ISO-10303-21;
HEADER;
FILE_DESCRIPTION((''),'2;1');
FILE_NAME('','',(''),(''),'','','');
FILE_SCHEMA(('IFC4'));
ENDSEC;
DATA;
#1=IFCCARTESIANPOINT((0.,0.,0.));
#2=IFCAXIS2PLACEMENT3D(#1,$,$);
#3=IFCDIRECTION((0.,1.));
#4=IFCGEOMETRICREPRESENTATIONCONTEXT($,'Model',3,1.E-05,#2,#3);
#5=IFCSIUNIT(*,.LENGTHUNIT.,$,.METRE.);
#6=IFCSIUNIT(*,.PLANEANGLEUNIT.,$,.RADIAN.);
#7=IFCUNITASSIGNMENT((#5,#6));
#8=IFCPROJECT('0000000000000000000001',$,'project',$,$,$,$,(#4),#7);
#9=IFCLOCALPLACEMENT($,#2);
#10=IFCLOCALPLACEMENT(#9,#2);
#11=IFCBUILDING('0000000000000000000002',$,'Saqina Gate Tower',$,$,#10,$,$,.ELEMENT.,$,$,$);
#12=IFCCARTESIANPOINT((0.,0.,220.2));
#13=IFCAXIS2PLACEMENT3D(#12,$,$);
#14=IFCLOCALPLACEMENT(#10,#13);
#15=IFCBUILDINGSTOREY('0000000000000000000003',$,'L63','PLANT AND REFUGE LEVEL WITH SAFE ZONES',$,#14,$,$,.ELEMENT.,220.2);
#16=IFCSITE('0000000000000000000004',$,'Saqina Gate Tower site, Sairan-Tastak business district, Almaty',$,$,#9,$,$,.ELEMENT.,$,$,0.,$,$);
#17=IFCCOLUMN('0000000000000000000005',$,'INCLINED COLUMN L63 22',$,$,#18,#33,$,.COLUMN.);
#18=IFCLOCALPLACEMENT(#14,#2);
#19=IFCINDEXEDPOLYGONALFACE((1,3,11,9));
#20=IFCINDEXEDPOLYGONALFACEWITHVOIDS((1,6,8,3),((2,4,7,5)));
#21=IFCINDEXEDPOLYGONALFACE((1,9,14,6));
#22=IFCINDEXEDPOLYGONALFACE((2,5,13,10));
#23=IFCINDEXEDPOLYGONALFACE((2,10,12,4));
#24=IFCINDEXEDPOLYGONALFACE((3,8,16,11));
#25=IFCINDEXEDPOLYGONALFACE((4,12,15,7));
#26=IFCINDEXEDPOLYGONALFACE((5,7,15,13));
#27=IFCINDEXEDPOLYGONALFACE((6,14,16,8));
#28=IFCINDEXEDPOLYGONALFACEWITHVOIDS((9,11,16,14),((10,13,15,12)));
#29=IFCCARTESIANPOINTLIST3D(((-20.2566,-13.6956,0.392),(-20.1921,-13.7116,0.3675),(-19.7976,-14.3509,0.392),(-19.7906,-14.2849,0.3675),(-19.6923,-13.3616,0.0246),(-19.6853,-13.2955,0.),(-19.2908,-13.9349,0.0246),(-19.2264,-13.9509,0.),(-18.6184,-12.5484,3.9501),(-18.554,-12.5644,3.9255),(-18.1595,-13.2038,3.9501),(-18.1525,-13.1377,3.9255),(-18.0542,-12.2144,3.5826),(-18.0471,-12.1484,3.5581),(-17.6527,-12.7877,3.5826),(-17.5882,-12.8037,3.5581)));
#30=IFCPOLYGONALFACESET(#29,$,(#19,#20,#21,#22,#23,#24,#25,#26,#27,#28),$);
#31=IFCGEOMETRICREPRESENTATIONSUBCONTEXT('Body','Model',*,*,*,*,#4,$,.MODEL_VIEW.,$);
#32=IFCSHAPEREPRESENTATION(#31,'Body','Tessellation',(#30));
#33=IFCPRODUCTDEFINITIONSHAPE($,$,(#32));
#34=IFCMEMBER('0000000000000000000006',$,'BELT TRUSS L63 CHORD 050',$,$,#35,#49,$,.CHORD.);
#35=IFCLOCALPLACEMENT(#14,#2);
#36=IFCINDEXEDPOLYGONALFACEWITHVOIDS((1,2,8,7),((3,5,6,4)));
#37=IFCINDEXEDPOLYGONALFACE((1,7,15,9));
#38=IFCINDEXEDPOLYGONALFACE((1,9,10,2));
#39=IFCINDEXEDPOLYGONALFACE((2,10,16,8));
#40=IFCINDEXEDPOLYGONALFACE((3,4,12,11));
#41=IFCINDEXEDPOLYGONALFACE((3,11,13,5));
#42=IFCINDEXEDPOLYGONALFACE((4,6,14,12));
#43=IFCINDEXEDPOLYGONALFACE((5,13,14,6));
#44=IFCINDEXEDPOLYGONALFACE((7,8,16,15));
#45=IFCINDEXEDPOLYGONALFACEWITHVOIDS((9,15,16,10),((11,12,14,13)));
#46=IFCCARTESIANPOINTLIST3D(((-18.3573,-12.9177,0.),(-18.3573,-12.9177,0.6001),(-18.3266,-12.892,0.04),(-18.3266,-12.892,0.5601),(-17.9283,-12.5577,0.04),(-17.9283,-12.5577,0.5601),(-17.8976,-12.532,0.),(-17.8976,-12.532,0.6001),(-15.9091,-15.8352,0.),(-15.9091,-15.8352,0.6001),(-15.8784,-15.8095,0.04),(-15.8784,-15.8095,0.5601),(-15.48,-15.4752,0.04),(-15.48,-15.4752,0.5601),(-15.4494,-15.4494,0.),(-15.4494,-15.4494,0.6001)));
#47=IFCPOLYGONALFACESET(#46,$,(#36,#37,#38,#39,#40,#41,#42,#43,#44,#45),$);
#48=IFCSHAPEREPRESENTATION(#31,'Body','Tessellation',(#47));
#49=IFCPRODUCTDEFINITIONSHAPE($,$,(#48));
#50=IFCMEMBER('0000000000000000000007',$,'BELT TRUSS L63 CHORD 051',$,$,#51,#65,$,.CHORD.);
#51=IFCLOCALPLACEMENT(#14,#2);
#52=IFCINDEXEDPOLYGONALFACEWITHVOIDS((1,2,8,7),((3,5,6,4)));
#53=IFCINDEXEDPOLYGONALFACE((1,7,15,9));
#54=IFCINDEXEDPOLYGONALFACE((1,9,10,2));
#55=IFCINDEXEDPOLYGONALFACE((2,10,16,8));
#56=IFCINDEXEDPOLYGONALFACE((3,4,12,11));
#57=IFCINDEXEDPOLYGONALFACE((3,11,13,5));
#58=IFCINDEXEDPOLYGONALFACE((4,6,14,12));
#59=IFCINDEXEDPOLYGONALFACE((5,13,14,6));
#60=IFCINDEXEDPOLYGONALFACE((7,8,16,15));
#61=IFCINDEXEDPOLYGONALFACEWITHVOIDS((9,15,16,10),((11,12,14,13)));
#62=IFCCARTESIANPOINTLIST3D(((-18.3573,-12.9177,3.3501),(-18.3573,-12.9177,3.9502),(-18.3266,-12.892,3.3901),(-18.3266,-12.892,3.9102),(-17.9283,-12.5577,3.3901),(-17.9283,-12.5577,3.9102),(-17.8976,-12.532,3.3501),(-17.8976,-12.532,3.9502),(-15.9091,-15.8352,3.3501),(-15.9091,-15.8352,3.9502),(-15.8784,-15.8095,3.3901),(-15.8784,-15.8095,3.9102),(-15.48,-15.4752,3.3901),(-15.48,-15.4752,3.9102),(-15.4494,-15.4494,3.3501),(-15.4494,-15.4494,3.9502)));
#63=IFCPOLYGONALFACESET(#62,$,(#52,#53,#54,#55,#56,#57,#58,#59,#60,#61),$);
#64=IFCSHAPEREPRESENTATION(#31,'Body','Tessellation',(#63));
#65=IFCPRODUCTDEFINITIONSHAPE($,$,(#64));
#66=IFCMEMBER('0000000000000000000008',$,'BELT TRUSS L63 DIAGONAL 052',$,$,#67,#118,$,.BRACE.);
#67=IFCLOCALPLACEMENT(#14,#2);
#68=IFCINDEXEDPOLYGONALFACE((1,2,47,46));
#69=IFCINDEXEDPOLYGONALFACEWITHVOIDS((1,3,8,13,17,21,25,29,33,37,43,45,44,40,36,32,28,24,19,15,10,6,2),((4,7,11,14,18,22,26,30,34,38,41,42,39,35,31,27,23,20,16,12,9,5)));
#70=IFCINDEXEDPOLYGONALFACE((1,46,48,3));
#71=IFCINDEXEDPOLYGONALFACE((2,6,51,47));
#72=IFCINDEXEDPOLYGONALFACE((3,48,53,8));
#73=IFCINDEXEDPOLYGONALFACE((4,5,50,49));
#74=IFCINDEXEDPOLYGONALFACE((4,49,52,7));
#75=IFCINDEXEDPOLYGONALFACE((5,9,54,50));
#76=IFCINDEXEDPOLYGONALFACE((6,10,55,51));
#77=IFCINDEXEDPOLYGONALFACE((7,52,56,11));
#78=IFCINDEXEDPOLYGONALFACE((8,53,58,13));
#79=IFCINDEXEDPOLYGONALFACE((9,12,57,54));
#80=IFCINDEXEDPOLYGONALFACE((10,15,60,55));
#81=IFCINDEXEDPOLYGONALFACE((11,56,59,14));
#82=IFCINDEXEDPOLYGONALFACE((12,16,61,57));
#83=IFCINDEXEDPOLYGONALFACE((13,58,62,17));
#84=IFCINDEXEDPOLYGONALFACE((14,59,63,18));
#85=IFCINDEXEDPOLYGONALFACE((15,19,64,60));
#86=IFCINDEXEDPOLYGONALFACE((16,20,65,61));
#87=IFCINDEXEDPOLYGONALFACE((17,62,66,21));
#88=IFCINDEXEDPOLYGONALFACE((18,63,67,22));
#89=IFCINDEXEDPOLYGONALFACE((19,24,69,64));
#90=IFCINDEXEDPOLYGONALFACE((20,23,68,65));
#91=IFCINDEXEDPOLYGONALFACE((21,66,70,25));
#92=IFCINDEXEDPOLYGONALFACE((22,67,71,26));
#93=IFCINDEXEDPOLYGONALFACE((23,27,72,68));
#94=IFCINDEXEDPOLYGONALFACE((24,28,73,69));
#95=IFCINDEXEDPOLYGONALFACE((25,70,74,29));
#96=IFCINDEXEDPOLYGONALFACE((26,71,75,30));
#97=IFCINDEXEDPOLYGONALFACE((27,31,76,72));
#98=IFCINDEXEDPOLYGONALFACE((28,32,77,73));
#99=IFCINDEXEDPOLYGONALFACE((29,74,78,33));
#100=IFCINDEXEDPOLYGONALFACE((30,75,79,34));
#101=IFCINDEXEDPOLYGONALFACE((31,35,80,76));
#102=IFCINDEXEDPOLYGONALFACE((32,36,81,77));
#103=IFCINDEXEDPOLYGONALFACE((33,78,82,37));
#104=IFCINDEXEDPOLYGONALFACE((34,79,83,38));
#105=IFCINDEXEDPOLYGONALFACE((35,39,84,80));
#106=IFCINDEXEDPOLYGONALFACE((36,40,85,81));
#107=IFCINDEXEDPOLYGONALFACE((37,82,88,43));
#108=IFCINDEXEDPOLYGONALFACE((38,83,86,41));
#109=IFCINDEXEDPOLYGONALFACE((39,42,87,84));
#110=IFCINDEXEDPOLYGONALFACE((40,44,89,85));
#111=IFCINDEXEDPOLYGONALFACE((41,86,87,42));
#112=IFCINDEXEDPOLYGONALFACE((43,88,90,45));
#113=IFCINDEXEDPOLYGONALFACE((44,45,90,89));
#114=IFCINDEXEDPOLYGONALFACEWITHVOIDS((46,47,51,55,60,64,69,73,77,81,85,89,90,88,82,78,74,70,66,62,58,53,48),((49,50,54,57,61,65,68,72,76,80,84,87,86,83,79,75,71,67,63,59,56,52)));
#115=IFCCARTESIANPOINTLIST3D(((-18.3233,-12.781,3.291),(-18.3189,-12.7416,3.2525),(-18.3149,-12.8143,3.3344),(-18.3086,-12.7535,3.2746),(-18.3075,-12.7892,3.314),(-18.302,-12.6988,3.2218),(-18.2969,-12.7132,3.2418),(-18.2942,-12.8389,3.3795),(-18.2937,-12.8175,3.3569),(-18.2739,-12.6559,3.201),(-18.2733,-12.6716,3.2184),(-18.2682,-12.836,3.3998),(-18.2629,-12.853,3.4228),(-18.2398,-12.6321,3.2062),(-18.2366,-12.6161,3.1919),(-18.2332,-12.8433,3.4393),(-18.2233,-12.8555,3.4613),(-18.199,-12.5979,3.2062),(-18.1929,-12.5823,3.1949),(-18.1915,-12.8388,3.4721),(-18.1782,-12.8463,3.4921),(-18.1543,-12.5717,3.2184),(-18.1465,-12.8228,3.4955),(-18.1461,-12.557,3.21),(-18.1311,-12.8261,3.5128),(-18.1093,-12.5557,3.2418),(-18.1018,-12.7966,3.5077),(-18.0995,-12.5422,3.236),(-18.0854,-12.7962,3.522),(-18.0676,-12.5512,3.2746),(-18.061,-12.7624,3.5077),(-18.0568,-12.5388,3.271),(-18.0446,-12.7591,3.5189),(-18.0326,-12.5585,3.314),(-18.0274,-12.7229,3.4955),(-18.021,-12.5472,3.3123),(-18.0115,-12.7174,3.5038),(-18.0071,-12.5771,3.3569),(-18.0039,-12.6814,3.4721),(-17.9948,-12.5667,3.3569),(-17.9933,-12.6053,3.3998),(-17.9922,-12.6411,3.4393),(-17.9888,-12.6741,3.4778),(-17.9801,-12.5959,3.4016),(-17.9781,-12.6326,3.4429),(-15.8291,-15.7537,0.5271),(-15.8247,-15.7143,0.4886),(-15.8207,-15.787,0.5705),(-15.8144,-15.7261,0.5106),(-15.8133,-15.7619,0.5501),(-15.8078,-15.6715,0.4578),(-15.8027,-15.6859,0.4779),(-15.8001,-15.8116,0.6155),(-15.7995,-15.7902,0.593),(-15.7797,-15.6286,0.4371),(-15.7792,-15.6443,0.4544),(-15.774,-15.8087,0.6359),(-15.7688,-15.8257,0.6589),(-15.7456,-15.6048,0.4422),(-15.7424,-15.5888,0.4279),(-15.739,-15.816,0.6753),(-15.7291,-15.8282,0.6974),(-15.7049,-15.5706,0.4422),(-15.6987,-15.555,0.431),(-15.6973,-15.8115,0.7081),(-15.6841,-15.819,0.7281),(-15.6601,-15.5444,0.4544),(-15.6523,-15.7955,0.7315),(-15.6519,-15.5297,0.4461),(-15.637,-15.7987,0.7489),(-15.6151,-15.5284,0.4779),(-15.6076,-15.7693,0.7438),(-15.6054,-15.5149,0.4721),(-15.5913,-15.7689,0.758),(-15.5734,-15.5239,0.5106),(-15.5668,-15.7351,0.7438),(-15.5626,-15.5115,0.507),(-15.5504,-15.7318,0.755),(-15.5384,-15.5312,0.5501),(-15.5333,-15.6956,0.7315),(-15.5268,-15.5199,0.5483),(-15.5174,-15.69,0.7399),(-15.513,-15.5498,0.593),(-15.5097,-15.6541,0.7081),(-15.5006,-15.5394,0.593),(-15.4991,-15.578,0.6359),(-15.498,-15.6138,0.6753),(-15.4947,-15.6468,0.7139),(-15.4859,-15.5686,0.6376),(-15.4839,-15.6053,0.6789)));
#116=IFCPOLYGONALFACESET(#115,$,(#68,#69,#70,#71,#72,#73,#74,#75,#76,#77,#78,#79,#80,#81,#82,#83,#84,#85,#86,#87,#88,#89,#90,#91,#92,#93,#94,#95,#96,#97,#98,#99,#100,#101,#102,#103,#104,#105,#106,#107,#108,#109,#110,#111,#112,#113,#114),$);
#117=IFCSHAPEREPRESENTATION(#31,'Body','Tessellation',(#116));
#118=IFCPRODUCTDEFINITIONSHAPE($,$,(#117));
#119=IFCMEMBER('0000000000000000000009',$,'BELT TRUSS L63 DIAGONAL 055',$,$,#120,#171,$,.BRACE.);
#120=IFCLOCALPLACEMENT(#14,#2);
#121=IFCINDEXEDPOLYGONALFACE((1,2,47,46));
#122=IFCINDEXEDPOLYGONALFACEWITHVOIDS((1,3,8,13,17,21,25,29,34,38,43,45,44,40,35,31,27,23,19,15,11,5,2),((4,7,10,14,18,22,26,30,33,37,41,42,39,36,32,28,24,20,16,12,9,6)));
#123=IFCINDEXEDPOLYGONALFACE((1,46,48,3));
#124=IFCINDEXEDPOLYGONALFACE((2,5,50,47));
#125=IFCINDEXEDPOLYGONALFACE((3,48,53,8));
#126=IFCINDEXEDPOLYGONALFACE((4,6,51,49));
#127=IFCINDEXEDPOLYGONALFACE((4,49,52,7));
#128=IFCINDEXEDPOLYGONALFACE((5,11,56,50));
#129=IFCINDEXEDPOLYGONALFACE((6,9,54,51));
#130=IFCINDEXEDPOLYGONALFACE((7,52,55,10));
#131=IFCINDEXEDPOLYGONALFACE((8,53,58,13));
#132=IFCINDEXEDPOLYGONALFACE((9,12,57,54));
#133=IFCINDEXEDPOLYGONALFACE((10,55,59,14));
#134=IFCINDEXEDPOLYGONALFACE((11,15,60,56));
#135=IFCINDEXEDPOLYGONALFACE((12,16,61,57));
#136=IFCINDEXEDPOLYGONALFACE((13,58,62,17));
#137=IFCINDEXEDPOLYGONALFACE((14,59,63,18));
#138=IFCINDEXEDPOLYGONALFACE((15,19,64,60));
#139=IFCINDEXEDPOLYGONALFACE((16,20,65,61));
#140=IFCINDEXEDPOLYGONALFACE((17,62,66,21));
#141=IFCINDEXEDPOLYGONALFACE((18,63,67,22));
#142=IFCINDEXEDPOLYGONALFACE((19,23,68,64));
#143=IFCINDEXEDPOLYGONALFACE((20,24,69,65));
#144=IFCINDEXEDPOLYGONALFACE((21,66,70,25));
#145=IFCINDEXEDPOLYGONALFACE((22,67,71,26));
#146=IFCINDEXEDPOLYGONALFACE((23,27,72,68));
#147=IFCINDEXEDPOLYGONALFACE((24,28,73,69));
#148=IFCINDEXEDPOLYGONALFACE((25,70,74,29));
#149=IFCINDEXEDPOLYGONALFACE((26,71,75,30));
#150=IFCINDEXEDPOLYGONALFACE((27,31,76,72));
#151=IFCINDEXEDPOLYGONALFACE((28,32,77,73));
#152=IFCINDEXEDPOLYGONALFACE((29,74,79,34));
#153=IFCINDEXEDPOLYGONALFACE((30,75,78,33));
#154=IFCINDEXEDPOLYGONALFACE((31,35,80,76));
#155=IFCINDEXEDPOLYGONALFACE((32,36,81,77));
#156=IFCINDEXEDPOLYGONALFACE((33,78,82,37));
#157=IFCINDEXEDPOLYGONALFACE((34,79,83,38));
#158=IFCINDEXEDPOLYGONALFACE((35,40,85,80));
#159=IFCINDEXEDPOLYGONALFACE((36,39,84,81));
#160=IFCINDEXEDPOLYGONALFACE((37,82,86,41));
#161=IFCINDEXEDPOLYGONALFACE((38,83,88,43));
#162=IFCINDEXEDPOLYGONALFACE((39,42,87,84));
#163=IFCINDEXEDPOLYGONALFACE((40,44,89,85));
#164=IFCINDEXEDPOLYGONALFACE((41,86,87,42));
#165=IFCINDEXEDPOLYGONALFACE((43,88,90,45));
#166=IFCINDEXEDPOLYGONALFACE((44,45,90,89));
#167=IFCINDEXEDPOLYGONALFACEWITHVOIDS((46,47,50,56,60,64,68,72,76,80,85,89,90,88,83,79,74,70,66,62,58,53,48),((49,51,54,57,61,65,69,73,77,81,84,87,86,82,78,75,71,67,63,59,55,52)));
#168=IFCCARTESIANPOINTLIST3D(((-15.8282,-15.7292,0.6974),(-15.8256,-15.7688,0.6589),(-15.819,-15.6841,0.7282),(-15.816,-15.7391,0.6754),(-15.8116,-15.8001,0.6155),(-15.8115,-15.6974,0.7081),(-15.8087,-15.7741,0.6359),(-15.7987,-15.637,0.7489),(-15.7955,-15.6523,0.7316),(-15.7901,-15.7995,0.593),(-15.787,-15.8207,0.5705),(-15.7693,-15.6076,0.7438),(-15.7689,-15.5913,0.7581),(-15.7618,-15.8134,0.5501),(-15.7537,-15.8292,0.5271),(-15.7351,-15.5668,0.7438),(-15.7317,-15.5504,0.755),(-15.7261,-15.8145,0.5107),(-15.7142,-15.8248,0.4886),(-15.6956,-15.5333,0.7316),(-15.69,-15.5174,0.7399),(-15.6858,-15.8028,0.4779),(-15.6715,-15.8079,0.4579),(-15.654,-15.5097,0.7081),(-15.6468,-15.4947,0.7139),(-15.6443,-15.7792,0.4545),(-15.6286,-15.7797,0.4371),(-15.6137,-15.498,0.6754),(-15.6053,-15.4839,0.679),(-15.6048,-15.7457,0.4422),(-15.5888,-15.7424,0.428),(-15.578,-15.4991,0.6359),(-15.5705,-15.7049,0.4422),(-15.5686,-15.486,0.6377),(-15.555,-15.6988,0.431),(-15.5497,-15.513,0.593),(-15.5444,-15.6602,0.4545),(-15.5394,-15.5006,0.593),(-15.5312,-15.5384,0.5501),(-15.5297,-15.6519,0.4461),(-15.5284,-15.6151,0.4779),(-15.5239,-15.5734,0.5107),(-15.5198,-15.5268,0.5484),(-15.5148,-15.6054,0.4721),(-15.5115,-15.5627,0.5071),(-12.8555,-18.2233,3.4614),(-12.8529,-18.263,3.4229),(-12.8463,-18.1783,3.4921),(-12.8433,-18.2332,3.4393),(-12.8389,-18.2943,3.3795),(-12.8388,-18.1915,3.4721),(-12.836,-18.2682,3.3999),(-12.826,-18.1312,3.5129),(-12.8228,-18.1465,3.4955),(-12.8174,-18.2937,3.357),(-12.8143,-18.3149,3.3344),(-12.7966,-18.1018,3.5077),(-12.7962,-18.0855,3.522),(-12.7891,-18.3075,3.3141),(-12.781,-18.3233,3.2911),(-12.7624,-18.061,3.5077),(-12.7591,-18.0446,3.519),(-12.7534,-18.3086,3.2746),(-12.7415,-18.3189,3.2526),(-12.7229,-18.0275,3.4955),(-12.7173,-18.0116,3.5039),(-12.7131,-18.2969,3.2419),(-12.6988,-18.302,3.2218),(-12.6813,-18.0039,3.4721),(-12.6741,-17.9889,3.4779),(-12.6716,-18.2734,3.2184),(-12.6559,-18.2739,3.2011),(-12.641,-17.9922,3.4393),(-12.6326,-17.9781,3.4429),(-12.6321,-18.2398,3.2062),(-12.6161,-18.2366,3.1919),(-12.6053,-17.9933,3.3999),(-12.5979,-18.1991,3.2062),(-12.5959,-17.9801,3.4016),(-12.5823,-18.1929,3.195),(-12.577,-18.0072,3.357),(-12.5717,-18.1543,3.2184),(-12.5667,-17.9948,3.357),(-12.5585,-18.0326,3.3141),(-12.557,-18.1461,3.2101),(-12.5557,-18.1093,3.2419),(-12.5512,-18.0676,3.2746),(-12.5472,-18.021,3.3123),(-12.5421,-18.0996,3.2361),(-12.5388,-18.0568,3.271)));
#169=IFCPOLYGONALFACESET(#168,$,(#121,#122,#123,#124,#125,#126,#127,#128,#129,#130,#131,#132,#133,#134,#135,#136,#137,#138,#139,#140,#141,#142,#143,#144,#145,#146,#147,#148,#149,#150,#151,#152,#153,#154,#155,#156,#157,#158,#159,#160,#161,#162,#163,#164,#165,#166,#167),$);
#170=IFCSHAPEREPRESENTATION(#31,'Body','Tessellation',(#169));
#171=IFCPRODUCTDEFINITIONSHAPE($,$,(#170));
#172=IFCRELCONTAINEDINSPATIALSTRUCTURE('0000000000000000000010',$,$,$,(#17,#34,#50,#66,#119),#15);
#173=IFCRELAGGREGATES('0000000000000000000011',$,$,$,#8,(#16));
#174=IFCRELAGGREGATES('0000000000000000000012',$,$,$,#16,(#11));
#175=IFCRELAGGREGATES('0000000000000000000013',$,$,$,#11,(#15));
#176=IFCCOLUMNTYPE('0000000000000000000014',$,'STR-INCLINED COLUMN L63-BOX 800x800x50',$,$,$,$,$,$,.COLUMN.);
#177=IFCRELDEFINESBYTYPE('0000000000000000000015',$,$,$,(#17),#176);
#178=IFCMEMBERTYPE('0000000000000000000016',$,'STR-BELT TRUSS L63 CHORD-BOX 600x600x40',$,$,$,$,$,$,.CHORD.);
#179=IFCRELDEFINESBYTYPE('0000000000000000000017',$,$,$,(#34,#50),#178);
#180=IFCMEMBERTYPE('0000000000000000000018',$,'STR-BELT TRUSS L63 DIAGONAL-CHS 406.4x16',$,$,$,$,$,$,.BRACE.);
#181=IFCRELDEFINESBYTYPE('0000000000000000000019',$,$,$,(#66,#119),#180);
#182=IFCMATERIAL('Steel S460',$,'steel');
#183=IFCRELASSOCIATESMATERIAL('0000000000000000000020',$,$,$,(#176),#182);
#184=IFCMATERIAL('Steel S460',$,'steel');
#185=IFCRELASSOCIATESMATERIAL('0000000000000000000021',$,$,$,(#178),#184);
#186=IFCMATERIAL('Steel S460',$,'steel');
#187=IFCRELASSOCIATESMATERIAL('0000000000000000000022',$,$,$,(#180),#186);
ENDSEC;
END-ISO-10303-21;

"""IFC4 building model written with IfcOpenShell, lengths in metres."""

from ifc_helpers import new_model, si_unit, direction, frame, origin, origin_2d, place, context, subcontext, project, spatial, hollow_rectangle, hollow_circle, extrude, material, material_profile, profile_set, type_object, element, save


model = new_model("IFC4")

# Units and contexts
model_context = context("Model", 3, precision=1e-05, world=origin(), true_north=direction((0.0, 1.0)))
body_context = subcontext(model_context, "Body", "Model", "MODEL_VIEW")
ifc_project = project(units=[si_unit("LENGTHUNIT", "METRE"), si_unit("PLANEANGLEUNIT", "RADIAN")], contexts=[model_context])

# Site, building, storey
site_placement = place(None, origin())
site = spatial("IfcSite", under=ifc_project, at=site_placement, Name="Saqina Gate Tower site, Sairan-Tastak business district, Almaty", CompositionType="ELEMENT", RefElevation=0.0)
building_placement = place(site_placement, origin())
building = spatial("IfcBuilding", under=site, at=building_placement, Name="Saqina Gate Tower", CompositionType="ELEMENT")
storey_placement = place(building_placement, frame((0.0, 0.0, 220.2)))
storey = spatial("IfcBuildingStorey", under=building, at=storey_placement, Name="L63", Description="PLANT AND REFUGE LEVEL WITH SAFE ZONES", CompositionType="ELEMENT", Elevation=220.2)

# Column
ifc_material_1 = material(Name="Steel S460", Category="steel")
ifc_material_profile_1 = material_profile(ifc_material_1, hollow_rectangle(XDim=0.8, YDim=0.8, WallThickness=0.05, at=origin_2d()), Name="BOX 800x800x50")
ifc_profile_set_1 = profile_set([ifc_material_profile_1], Name="Steel S460")
column_type = type_object("IfcColumnType", Name="STR-INCLINED COLUMN L63-BOX 800x800x50", PredefinedType="COLUMN", material=ifc_profile_set_1)
column_placement = place(storey_placement, frame((-19.7415, -13.8232, 0.196), z_axis=(0.401353, 0.281067, 0.871732), x_axis=(-0.573626, 0.819117, 0.0)))
element("IfcColumn", 1, at=column_placement, inside=storey, type_object=column_type, Name="INCLINED COLUMN L63 22", PredefinedType="COLUMN", context=body_context, shape_type="SweptSolid", body=[
    extrude(hollow_rectangle(XDim=0.8, YDim=0.8, WallThickness=0.05, at=origin_2d()), origin(), (0.0, 0.0, 1.0), 4.0815),
])

# Members
ifc_material_2 = material(Name="Steel S460", Category="steel")
ifc_material_profile_2 = material_profile(ifc_material_2, hollow_rectangle(XDim=0.6001, YDim=0.6001, WallThickness=0.04, at=origin_2d()), Name="BOX 600x600x40")
ifc_profile_set_2 = profile_set([ifc_material_profile_2], Name="Steel S460")
member_type_1 = type_object("IfcMemberType", Name="STR-BELT TRUSS L63 CHORD-BOX 600x600x40", PredefinedType="CHORD", material=ifc_profile_set_2)
for number, where, z_axis, x_axis, name in (
    (2, (-18.1274, -12.7249, 0.3), (0.642816, -0.76602, 0.0), (0.76602, 0.642816, 0.0), "BELT TRUSS L63 CHORD 050"),
    (3, (-18.1274, -12.7249, 3.6501), (0.642816, -0.76602, 0.0), (0.76602, 0.642816, 0.0), "BELT TRUSS L63 CHORD 051"),
):
    element("IfcMember", number, at=place(storey_placement, frame(where, z_axis=z_axis, x_axis=x_axis)), inside=storey, type_object=member_type_1, Name=name, PredefinedType="CHORD", context=body_context, shape_type="SweptSolid", body=[
        extrude(hollow_rectangle(XDim=0.6001, YDim=0.6001, WallThickness=0.04, at=origin_2d()), origin(), (0.0, 0.0, 1.0), 3.8086),
    ])
ifc_material_3 = material(Name="Steel S460", Category="steel")
ifc_material_profile_3 = material_profile(ifc_material_3, hollow_circle(Radius=0.2031, WallThickness=0.0161, at=origin_2d()), Name="CHS 406.4x16")
ifc_profile_set_3 = profile_set([ifc_material_profile_3], Name="Steel S460")
member_type_2 = type_object("IfcMemberType", Name="STR-BELT TRUSS L63 DIAGONAL-CHS 406.4x16", PredefinedType="BRACE", material=ifc_profile_set_3)
for number, where, z_axis, x_axis, name in (
    (4, (-18.1504, -12.6973, 3.3569), (0.523528, -0.62397, -0.580155), (0.766072, 0.642755, 0.0), "BELT TRUSS L63 DIAGONAL 052"),
    (5, (-15.6699, -15.6562, 0.593), (0.62397, -0.523528, 0.580155), (0.642755, 0.766072, 0.0), "BELT TRUSS L63 DIAGONAL 055"),
):
    element("IfcMember", number, at=place(storey_placement, frame(where, z_axis=z_axis, x_axis=x_axis)), inside=storey, type_object=member_type_2, Name=name, PredefinedType="BRACE", context=body_context, shape_type="SweptSolid", body=[
        extrude(hollow_circle(Radius=0.2031, WallThickness=0.0161, at=origin_2d()), origin(), (0.0, 0.0, 1.0), 4.7642),
    ])

save(model, "model.ifc")
